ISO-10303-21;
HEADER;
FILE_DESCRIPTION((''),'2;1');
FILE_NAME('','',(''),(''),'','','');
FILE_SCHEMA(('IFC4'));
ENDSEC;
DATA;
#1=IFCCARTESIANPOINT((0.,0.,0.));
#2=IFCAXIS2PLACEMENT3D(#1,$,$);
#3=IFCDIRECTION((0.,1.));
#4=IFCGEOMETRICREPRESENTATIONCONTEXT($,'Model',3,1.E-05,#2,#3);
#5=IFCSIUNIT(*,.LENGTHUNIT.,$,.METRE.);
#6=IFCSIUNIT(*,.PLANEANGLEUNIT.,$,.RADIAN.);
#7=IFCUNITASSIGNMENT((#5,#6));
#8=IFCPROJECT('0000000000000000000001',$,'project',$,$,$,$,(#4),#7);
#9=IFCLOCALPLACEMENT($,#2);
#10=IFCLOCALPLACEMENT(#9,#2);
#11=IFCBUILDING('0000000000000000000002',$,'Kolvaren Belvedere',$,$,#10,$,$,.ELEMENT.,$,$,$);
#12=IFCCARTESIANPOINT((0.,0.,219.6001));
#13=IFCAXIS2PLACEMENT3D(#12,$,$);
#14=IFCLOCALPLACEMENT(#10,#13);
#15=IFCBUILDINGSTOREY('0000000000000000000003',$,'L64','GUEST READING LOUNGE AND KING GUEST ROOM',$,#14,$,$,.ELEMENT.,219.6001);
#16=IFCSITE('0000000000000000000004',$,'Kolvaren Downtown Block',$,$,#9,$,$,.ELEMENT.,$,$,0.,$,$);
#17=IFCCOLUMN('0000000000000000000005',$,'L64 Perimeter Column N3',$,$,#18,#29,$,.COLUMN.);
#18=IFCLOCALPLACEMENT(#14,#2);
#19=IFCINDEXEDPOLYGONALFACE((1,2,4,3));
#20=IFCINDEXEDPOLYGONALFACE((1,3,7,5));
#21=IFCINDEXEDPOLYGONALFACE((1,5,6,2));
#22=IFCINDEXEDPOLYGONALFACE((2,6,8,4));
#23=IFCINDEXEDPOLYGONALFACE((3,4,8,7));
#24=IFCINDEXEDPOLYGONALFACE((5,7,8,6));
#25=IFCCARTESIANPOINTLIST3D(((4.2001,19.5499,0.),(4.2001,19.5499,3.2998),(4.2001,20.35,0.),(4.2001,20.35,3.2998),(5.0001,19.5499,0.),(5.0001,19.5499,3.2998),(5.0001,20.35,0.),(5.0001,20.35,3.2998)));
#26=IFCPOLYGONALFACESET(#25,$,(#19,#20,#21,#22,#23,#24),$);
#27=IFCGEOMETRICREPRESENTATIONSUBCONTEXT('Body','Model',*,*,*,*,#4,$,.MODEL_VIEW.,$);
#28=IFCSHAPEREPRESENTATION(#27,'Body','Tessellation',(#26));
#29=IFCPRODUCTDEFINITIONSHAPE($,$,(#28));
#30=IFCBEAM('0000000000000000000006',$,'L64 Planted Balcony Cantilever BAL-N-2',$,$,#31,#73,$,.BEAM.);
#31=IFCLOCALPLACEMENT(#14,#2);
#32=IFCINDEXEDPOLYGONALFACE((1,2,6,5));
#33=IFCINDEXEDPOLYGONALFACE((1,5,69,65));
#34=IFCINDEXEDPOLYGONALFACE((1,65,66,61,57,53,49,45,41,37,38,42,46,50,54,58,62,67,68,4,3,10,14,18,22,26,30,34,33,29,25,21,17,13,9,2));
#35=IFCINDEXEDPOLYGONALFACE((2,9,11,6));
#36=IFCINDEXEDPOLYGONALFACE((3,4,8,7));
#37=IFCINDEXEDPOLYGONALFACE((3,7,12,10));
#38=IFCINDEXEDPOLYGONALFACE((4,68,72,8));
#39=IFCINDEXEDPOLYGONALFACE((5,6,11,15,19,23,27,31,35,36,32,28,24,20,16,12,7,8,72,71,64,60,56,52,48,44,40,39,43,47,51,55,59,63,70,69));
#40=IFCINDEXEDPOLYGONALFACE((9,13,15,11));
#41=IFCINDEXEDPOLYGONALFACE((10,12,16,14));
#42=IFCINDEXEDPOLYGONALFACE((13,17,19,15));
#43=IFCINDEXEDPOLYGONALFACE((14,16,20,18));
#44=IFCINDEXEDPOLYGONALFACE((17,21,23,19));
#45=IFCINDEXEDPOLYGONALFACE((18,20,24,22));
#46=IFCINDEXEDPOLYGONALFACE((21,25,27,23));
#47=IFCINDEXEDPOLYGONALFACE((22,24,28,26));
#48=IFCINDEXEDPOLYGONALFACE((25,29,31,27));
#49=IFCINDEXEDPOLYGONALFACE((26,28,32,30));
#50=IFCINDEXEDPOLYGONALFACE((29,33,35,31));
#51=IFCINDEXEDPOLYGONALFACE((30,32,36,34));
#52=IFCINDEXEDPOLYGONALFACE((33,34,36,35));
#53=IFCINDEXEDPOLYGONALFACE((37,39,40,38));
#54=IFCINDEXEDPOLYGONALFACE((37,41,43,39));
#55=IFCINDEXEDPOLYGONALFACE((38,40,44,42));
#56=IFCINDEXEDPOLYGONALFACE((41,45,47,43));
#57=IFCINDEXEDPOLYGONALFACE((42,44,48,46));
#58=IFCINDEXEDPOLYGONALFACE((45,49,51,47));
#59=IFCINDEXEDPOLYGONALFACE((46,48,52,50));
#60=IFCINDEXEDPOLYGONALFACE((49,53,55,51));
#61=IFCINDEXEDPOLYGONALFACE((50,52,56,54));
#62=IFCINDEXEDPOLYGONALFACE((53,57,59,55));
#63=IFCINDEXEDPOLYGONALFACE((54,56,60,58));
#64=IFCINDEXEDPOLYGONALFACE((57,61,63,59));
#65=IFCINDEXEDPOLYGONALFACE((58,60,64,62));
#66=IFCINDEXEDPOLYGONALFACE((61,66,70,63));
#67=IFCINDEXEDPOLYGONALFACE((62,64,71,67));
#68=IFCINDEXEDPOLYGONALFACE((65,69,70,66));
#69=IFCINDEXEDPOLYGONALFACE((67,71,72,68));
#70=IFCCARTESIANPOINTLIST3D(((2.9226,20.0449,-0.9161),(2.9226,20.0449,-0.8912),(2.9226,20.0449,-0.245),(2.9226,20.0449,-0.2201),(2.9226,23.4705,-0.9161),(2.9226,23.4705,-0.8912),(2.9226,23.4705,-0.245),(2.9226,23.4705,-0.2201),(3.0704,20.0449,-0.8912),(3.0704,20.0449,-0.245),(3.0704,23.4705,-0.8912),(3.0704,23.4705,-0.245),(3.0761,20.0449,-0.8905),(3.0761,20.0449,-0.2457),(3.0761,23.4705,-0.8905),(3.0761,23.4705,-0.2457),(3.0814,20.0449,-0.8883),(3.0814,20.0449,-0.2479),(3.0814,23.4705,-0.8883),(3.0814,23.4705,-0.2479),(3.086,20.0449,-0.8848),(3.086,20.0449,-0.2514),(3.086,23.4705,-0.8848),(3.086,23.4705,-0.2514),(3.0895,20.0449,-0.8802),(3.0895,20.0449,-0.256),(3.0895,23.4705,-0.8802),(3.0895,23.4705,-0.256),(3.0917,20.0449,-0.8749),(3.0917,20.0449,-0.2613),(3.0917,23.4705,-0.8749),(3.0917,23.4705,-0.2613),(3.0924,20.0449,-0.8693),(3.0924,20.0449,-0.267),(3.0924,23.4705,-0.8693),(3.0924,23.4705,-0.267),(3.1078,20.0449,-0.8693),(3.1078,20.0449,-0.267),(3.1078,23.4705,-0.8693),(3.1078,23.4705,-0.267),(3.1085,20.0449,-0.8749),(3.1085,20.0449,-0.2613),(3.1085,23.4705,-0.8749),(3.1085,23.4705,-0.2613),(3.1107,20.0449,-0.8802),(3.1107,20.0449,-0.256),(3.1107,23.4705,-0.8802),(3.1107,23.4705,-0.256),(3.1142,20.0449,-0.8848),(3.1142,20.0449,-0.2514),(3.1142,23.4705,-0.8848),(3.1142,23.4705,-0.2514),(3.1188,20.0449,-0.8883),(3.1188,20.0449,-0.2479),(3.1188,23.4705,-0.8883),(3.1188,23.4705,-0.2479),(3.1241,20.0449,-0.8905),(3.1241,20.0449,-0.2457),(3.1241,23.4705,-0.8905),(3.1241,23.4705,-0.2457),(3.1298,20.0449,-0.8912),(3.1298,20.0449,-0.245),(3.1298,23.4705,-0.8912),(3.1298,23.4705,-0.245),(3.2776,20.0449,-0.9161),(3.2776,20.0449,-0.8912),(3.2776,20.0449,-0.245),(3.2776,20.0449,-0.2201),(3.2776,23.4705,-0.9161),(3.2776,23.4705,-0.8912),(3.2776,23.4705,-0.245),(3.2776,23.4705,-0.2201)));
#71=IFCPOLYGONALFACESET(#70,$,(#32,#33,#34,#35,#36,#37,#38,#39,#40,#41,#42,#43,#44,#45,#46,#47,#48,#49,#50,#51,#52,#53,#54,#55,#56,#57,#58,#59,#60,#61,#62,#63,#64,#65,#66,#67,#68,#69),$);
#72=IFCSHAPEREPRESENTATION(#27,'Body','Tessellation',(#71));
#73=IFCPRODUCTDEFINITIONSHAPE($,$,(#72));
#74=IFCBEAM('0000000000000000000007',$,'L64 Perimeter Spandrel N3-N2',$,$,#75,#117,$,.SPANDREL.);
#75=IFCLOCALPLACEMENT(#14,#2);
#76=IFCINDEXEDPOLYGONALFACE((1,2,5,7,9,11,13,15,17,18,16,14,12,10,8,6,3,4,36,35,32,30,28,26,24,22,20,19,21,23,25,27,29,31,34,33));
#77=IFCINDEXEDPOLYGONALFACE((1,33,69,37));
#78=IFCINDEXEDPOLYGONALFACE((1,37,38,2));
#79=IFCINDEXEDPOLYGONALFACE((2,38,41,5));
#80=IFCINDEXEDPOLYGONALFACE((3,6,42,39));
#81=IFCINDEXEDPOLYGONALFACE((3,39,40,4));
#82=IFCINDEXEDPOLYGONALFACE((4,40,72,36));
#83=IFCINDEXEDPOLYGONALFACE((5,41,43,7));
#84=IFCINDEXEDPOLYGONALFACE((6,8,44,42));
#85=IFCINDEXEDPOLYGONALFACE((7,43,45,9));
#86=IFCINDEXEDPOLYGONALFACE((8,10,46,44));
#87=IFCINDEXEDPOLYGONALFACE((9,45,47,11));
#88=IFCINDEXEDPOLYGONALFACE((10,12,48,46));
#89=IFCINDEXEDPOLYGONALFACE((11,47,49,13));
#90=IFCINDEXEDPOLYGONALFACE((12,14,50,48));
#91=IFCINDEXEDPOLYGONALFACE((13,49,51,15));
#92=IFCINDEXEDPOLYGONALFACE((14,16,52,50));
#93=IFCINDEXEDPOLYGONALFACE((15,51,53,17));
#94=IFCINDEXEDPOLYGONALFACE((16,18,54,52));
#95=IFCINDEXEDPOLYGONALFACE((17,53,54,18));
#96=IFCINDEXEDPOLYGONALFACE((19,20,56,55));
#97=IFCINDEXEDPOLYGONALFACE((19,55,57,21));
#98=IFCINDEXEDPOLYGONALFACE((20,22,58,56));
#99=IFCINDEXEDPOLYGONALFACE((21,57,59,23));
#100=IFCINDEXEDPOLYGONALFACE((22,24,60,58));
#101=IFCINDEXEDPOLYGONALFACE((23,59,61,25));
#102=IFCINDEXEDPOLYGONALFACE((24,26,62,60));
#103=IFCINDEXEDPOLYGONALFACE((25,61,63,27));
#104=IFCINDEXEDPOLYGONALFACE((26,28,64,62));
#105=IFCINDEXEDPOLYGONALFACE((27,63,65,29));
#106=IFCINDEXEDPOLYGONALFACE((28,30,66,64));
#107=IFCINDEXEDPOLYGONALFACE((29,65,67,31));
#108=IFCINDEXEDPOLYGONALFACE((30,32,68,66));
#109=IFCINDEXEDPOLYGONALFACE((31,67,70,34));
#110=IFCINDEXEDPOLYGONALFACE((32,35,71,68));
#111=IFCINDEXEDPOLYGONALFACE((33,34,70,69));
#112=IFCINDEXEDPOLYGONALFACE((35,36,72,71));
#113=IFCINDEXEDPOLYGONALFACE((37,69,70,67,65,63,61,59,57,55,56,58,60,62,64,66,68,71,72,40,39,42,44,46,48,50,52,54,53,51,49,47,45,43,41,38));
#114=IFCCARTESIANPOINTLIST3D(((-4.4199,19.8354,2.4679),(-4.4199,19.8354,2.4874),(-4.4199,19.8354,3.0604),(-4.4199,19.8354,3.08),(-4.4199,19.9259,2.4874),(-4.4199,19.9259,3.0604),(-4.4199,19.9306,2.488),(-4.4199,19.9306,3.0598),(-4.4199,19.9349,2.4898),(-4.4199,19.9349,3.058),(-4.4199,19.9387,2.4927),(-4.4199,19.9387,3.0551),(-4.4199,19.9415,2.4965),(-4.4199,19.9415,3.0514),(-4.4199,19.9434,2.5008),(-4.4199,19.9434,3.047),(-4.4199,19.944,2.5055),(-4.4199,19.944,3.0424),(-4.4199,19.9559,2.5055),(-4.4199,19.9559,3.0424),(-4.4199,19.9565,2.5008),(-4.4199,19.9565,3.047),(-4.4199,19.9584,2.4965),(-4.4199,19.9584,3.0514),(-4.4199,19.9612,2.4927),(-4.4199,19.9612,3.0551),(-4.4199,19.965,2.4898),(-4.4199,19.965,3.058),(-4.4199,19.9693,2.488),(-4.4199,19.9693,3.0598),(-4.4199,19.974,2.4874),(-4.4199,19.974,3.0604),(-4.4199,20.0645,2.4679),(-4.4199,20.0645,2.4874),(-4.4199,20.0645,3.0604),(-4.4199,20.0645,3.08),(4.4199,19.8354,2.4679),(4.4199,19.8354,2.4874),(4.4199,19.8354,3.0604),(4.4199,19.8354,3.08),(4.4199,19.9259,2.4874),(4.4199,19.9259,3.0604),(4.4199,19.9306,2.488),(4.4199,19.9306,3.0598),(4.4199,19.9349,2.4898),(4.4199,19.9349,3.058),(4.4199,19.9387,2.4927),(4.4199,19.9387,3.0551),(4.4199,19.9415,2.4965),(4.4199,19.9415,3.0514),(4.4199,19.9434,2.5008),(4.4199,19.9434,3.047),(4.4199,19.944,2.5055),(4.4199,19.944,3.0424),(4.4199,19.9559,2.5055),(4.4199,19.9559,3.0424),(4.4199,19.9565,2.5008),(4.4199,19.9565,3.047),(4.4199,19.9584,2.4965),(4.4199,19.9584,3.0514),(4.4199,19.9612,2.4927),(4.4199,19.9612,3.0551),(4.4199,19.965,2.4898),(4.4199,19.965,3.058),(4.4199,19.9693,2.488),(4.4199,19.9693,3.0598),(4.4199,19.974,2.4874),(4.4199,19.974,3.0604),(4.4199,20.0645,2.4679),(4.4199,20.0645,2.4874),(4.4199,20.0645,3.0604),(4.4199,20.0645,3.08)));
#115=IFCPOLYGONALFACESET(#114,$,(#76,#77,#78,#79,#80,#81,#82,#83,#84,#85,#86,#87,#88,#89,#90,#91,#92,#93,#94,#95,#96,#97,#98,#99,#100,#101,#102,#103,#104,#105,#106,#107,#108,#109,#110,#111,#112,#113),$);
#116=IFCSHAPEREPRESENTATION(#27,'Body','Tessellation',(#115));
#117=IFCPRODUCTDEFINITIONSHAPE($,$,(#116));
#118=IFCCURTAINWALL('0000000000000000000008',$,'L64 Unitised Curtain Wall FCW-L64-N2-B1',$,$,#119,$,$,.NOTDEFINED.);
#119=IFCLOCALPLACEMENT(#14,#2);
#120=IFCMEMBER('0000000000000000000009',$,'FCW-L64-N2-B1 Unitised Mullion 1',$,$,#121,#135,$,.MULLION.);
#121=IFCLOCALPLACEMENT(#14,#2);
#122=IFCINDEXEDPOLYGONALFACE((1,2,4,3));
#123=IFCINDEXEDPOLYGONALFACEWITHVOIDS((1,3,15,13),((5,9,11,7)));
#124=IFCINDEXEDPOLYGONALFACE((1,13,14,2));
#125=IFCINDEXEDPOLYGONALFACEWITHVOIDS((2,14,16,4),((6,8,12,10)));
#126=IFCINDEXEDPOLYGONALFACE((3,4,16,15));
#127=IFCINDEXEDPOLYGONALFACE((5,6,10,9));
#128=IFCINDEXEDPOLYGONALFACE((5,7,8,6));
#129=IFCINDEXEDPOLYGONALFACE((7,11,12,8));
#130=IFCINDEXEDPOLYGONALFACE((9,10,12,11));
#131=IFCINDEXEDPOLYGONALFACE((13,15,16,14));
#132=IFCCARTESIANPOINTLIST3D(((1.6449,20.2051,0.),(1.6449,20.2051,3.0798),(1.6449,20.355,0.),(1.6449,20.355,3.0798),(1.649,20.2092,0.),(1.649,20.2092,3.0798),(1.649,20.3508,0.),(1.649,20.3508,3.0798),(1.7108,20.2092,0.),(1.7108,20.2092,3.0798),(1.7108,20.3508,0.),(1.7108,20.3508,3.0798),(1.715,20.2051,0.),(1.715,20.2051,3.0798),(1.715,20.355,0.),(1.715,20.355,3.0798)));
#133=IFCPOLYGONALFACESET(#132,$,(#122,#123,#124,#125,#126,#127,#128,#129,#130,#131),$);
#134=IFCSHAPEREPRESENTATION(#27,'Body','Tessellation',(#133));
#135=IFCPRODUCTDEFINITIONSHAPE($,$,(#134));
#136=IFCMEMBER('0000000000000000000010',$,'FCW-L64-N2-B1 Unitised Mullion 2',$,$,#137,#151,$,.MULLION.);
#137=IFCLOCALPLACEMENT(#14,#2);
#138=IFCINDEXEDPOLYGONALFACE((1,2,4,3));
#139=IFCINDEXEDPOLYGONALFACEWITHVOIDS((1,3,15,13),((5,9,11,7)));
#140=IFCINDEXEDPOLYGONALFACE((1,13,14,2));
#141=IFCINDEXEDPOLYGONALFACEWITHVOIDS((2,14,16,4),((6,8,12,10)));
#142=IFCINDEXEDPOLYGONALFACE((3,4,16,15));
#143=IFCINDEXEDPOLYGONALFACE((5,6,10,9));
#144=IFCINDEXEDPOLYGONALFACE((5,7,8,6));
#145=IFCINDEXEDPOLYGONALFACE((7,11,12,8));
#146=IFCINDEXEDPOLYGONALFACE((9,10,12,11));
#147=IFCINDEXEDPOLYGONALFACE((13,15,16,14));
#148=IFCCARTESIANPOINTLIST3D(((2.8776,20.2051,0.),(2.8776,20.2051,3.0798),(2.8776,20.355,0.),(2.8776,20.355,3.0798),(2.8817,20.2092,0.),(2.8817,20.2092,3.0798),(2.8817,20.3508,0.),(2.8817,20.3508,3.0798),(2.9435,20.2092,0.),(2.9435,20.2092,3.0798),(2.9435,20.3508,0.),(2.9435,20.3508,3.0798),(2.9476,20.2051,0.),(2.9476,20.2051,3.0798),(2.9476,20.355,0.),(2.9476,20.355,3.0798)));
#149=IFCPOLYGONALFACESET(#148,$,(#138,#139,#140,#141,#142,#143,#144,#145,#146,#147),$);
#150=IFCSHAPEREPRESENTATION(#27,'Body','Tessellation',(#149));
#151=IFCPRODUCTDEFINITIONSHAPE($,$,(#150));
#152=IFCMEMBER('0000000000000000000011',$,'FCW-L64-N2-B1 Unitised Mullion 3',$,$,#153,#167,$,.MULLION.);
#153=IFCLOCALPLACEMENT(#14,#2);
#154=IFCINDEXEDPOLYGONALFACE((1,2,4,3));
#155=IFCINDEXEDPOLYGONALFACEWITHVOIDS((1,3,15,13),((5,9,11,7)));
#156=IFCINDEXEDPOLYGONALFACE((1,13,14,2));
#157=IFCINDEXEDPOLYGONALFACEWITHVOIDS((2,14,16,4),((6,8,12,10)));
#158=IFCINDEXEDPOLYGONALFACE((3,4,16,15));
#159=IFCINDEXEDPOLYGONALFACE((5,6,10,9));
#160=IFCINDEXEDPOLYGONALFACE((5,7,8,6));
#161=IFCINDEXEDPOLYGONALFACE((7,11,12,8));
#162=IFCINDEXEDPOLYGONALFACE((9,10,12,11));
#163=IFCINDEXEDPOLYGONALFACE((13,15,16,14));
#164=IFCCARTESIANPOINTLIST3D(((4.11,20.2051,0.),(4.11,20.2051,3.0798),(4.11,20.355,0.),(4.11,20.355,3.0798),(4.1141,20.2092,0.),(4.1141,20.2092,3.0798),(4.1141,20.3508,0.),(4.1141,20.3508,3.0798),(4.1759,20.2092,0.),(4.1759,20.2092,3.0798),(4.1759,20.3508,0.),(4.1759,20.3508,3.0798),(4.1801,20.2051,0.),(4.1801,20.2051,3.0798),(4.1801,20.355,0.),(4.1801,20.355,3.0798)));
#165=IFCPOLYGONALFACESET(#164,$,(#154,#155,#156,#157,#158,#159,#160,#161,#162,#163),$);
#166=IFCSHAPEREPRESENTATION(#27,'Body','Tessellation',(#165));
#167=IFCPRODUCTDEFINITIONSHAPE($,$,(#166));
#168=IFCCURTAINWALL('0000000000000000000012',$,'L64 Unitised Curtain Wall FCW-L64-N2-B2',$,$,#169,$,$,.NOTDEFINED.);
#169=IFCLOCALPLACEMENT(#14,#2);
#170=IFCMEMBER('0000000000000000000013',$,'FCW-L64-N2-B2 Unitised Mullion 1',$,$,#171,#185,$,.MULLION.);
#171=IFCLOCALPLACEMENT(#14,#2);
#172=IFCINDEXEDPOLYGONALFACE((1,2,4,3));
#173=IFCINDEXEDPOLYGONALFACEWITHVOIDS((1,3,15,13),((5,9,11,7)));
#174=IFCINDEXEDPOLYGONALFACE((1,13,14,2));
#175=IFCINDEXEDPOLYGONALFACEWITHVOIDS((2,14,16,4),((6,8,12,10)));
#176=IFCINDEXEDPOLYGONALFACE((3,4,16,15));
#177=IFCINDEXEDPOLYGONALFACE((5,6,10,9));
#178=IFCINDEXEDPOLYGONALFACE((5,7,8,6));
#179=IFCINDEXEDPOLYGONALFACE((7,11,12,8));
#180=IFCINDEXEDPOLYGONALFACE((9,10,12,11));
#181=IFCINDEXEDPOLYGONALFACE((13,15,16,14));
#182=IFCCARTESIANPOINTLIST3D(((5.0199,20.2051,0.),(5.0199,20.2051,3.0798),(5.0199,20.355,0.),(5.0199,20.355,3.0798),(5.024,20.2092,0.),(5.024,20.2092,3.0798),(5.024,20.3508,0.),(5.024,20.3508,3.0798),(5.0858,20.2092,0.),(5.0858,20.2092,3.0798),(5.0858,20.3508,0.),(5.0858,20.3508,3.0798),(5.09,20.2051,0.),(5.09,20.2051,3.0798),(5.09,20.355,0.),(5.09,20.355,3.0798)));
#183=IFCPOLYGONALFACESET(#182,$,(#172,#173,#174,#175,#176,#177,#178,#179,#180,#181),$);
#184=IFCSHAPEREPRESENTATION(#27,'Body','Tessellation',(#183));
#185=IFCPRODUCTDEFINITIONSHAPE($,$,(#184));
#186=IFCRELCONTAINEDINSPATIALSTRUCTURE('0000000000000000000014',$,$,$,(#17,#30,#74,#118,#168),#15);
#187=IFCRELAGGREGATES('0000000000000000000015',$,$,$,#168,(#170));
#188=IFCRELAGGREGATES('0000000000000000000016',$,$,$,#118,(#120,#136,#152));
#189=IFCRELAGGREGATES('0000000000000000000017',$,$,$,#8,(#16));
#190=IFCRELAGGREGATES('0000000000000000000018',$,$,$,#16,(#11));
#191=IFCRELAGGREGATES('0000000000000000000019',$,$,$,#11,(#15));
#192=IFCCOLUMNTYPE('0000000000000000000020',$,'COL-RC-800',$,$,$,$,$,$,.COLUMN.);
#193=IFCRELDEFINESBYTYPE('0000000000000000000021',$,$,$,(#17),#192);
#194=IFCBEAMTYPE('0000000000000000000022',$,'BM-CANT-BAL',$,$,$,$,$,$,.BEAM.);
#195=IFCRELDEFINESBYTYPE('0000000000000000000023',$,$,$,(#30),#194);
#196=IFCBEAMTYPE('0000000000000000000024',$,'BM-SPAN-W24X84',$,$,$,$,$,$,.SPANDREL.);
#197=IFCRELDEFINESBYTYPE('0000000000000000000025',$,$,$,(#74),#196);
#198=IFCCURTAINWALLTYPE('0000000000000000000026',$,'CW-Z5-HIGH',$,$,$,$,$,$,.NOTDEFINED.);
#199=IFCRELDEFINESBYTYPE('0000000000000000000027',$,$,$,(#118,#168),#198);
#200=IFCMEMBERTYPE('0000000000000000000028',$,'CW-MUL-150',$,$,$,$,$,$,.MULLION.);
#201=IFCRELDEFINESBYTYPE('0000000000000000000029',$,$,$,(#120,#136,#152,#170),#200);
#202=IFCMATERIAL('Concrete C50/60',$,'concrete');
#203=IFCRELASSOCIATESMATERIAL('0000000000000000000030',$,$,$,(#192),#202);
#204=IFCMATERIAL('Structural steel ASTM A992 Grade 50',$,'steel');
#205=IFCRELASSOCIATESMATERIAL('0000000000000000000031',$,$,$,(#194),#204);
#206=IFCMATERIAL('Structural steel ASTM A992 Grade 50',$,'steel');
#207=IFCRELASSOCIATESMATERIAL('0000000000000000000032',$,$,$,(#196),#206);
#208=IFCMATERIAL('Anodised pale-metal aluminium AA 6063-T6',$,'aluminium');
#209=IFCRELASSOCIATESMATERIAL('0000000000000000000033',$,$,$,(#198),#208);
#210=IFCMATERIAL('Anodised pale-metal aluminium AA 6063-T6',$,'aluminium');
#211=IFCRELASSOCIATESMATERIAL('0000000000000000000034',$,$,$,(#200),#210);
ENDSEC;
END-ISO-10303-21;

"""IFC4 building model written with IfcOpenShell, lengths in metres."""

from ifc_helpers import new_model, si_unit, direction, frame, origin, origin_2d, place, context, subcontext, project, spatial, rectangle, hollow_rectangle, i_section, extrude, material, material_profile, profile_set, type_object, element, aggregate, save


model = new_model("IFC4")

# Units and contexts
model_context = context("Model", 3, precision=1e-05, world=origin(), true_north=direction((0.0, 1.0)))
body_context = subcontext(model_context, "Body", "Model", "MODEL_VIEW")
ifc_project = project(units=[si_unit("LENGTHUNIT", "METRE"), si_unit("PLANEANGLEUNIT", "RADIAN")], contexts=[model_context])

# Site, building, storey
site_placement = place(None, origin())
site = spatial("IfcSite", under=ifc_project, at=site_placement, Name="Kolvaren Downtown Block", CompositionType="ELEMENT", RefElevation=0.0)
building_placement = place(site_placement, origin())
building = spatial("IfcBuilding", under=site, at=building_placement, Name="Kolvaren Belvedere", CompositionType="ELEMENT")
storey_placement = place(building_placement, frame((0.0, 0.0, 219.6001)))
storey = spatial("IfcBuildingStorey", under=building, at=storey_placement, Name="L64", Description="GUEST READING LOUNGE AND KING GUEST ROOM", CompositionType="ELEMENT", Elevation=219.6001)

# Column
ifc_material_1 = material(Name="Concrete C50/60", Category="concrete")
ifc_material_profile_1 = material_profile(ifc_material_1, rectangle(XDim=0.8, YDim=0.8, at=origin_2d()), Name="RC 800X800")
ifc_profile_set_1 = profile_set([ifc_material_profile_1], Name="Concrete C50/60")
column_type = type_object("IfcColumnType", Name="COL-RC-800", PredefinedType="COLUMN", material=ifc_profile_set_1)
column_placement = place(storey_placement, frame((4.6001, 19.95, 0.0), z_axis=(0.0, 0.0, 1.0), x_axis=(1.0, 0.0, 0.0)))
element("IfcColumn", 1, at=column_placement, inside=storey, type_object=column_type, Name="L64 Perimeter Column N3", PredefinedType="COLUMN", context=body_context, shape_type="SweptSolid", body=[
    extrude(rectangle(XDim=0.8, YDim=0.8, at=origin_2d()), origin(), (0.0, 0.0, 1.0), 3.2998),
])

# Beams
ifc_material_2 = material(Name="Structural steel ASTM A992 Grade 50", Category="steel")
ifc_material_profile_2 = material_profile(ifc_material_2, i_section(OverallWidth=0.355, OverallDepth=0.696, WebThickness=0.0154, FlangeThickness=0.0249, FilletRadius=0.022, at=origin_2d()), Name="W27X146")
ifc_profile_set_2 = profile_set([ifc_material_profile_2], Name="Structural steel ASTM A992 Grade 50")
beam_type_1 = type_object("IfcBeamType", Name="BM-CANT-BAL", PredefinedType="BEAM", material=ifc_profile_set_2)
beam_1_placement = place(storey_placement, frame((3.1001, 20.0449, -0.5681), z_axis=(0.0, 1.0, 0.0), x_axis=(-1.0, 0.0, 0.0)))
element("IfcBeam", 2, at=beam_1_placement, inside=storey, type_object=beam_type_1, Name="L64 Planted Balcony Cantilever BAL-N-2", PredefinedType="BEAM", context=body_context, shape_type="SweptSolid", body=[
    extrude(i_section(OverallWidth=0.355, OverallDepth=0.696, WebThickness=0.0154, FlangeThickness=0.0249, FilletRadius=0.022, at=origin_2d()), origin(), (0.0, 0.0, 1.0), 3.4255),
])
ifc_material_3 = material(Name="Structural steel ASTM A992 Grade 50", Category="steel")
ifc_material_profile_3 = material_profile(ifc_material_3, i_section(OverallWidth=0.229, OverallDepth=0.6121, WebThickness=0.012, FlangeThickness=0.0195, FilletRadius=0.0181, at=origin_2d()), Name="W24X84")
ifc_profile_set_3 = profile_set([ifc_material_profile_3], Name="Structural steel ASTM A992 Grade 50")
beam_type_2 = type_object("IfcBeamType", Name="BM-SPAN-W24X84", PredefinedType="SPANDREL", material=ifc_profile_set_3)
beam_2_placement = place(storey_placement, frame((4.4199, 19.95, 2.7739), z_axis=(-1.0, 0.0, 0.0), x_axis=(0.0, -1.0, 0.0)))
element("IfcBeam", 3, at=beam_2_placement, inside=storey, type_object=beam_type_2, Name="L64 Perimeter Spandrel N3-N2", PredefinedType="SPANDREL", context=body_context, shape_type="SweptSolid", body=[
    extrude(i_section(OverallWidth=0.229, OverallDepth=0.6121, WebThickness=0.012, FlangeThickness=0.0195, FilletRadius=0.0181, at=origin_2d()), origin(), (0.0, 0.0, 1.0), 8.8398),
])

# Curtain wall, members
ifc_material_4 = material(Name="Anodised pale-metal aluminium AA 6063-T6", Category="aluminium")
curtain_wall_type = type_object("IfcCurtainWallType", Name="CW-Z5-HIGH", PredefinedType="NOTDEFINED", material=ifc_material_4)
curtain_wall_1_placement = place(storey_placement, origin())
curtain_wall_1 = element("IfcCurtainWall", 4, at=curtain_wall_1_placement, inside=storey, type_object=curtain_wall_type, Name="L64 Unitised Curtain Wall FCW-L64-N2-B1", PredefinedType="NOTDEFINED")
ifc_material_5 = material(Name="Anodised pale-metal aluminium AA 6063-T6", Category="aluminium")
ifc_material_profile_4 = material_profile(ifc_material_5, hollow_rectangle(XDim=0.0701, YDim=0.1499, WallThickness=0.0042, at=origin_2d()), Name="ALU-MUL-150X70")
ifc_profile_set_4 = profile_set([ifc_material_profile_4], Name="Anodised pale-metal aluminium AA 6063-T6")
member_type_1 = type_object("IfcMemberType", Name="CW-MUL-150", PredefinedType="MULLION", material=ifc_profile_set_4)
member_1_placement = place(storey_placement, frame((1.6799, 20.28, 0.0), z_axis=(0.0, 0.0, 1.0), x_axis=(1.0, 0.0, 0.0)))
member_1 = element("IfcMember", 5, at=member_1_placement, type_object=member_type_1, Name="FCW-L64-N2-B1 Unitised Mullion 1", PredefinedType="MULLION", context=body_context, shape_type="SweptSolid", body=[
    extrude(hollow_rectangle(XDim=0.0701, YDim=0.1499, WallThickness=0.0042, at=origin_2d()), origin(), (0.0, 0.0, 1.0), 3.0798),
])
member_2_placement = place(storey_placement, frame((2.9126, 20.28, 0.0), z_axis=(0.0, 0.0, 1.0), x_axis=(1.0, 0.0, 0.0)))
member_2 = element("IfcMember", 6, at=member_2_placement, type_object=member_type_1, Name="FCW-L64-N2-B1 Unitised Mullion 2", PredefinedType="MULLION", context=body_context, shape_type="SweptSolid", body=[
    extrude(hollow_rectangle(XDim=0.0701, YDim=0.1499, WallThickness=0.0042, at=origin_2d()), origin(), (0.0, 0.0, 1.0), 3.0798),
])
member_3_placement = place(storey_placement, frame((4.145, 20.28, 0.0), z_axis=(0.0, 0.0, 1.0), x_axis=(1.0, 0.0, 0.0)))
member_3 = element("IfcMember", 7, at=member_3_placement, type_object=member_type_1, Name="FCW-L64-N2-B1 Unitised Mullion 3", PredefinedType="MULLION", context=body_context, shape_type="SweptSolid", body=[
    extrude(hollow_rectangle(XDim=0.0701, YDim=0.1499, WallThickness=0.0042, at=origin_2d()), origin(), (0.0, 0.0, 1.0), 3.0798),
])

# Curtain wall, member
curtain_wall_2_placement = place(storey_placement, origin())
curtain_wall_2 = element("IfcCurtainWall", 8, at=curtain_wall_2_placement, inside=storey, type_object=curtain_wall_type, Name="L64 Unitised Curtain Wall FCW-L64-N2-B2", PredefinedType="NOTDEFINED")
member_4_placement = place(storey_placement, frame((5.0549, 20.28, 0.0), z_axis=(0.0, 0.0, 1.0), x_axis=(1.0, 0.0, 0.0)))
member_4 = element("IfcMember", 9, at=member_4_placement, type_object=member_type_1, Name="FCW-L64-N2-B2 Unitised Mullion 1", PredefinedType="MULLION", context=body_context, shape_type="SweptSolid", body=[
    extrude(hollow_rectangle(XDim=0.0701, YDim=0.1499, WallThickness=0.0042, at=origin_2d()), origin(), (0.0, 0.0, 1.0), 3.0798),
])

aggregate(curtain_wall_2, [member_4])

aggregate(curtain_wall_1, [member_1, member_2, member_3])

save(model, "model.ifc")
